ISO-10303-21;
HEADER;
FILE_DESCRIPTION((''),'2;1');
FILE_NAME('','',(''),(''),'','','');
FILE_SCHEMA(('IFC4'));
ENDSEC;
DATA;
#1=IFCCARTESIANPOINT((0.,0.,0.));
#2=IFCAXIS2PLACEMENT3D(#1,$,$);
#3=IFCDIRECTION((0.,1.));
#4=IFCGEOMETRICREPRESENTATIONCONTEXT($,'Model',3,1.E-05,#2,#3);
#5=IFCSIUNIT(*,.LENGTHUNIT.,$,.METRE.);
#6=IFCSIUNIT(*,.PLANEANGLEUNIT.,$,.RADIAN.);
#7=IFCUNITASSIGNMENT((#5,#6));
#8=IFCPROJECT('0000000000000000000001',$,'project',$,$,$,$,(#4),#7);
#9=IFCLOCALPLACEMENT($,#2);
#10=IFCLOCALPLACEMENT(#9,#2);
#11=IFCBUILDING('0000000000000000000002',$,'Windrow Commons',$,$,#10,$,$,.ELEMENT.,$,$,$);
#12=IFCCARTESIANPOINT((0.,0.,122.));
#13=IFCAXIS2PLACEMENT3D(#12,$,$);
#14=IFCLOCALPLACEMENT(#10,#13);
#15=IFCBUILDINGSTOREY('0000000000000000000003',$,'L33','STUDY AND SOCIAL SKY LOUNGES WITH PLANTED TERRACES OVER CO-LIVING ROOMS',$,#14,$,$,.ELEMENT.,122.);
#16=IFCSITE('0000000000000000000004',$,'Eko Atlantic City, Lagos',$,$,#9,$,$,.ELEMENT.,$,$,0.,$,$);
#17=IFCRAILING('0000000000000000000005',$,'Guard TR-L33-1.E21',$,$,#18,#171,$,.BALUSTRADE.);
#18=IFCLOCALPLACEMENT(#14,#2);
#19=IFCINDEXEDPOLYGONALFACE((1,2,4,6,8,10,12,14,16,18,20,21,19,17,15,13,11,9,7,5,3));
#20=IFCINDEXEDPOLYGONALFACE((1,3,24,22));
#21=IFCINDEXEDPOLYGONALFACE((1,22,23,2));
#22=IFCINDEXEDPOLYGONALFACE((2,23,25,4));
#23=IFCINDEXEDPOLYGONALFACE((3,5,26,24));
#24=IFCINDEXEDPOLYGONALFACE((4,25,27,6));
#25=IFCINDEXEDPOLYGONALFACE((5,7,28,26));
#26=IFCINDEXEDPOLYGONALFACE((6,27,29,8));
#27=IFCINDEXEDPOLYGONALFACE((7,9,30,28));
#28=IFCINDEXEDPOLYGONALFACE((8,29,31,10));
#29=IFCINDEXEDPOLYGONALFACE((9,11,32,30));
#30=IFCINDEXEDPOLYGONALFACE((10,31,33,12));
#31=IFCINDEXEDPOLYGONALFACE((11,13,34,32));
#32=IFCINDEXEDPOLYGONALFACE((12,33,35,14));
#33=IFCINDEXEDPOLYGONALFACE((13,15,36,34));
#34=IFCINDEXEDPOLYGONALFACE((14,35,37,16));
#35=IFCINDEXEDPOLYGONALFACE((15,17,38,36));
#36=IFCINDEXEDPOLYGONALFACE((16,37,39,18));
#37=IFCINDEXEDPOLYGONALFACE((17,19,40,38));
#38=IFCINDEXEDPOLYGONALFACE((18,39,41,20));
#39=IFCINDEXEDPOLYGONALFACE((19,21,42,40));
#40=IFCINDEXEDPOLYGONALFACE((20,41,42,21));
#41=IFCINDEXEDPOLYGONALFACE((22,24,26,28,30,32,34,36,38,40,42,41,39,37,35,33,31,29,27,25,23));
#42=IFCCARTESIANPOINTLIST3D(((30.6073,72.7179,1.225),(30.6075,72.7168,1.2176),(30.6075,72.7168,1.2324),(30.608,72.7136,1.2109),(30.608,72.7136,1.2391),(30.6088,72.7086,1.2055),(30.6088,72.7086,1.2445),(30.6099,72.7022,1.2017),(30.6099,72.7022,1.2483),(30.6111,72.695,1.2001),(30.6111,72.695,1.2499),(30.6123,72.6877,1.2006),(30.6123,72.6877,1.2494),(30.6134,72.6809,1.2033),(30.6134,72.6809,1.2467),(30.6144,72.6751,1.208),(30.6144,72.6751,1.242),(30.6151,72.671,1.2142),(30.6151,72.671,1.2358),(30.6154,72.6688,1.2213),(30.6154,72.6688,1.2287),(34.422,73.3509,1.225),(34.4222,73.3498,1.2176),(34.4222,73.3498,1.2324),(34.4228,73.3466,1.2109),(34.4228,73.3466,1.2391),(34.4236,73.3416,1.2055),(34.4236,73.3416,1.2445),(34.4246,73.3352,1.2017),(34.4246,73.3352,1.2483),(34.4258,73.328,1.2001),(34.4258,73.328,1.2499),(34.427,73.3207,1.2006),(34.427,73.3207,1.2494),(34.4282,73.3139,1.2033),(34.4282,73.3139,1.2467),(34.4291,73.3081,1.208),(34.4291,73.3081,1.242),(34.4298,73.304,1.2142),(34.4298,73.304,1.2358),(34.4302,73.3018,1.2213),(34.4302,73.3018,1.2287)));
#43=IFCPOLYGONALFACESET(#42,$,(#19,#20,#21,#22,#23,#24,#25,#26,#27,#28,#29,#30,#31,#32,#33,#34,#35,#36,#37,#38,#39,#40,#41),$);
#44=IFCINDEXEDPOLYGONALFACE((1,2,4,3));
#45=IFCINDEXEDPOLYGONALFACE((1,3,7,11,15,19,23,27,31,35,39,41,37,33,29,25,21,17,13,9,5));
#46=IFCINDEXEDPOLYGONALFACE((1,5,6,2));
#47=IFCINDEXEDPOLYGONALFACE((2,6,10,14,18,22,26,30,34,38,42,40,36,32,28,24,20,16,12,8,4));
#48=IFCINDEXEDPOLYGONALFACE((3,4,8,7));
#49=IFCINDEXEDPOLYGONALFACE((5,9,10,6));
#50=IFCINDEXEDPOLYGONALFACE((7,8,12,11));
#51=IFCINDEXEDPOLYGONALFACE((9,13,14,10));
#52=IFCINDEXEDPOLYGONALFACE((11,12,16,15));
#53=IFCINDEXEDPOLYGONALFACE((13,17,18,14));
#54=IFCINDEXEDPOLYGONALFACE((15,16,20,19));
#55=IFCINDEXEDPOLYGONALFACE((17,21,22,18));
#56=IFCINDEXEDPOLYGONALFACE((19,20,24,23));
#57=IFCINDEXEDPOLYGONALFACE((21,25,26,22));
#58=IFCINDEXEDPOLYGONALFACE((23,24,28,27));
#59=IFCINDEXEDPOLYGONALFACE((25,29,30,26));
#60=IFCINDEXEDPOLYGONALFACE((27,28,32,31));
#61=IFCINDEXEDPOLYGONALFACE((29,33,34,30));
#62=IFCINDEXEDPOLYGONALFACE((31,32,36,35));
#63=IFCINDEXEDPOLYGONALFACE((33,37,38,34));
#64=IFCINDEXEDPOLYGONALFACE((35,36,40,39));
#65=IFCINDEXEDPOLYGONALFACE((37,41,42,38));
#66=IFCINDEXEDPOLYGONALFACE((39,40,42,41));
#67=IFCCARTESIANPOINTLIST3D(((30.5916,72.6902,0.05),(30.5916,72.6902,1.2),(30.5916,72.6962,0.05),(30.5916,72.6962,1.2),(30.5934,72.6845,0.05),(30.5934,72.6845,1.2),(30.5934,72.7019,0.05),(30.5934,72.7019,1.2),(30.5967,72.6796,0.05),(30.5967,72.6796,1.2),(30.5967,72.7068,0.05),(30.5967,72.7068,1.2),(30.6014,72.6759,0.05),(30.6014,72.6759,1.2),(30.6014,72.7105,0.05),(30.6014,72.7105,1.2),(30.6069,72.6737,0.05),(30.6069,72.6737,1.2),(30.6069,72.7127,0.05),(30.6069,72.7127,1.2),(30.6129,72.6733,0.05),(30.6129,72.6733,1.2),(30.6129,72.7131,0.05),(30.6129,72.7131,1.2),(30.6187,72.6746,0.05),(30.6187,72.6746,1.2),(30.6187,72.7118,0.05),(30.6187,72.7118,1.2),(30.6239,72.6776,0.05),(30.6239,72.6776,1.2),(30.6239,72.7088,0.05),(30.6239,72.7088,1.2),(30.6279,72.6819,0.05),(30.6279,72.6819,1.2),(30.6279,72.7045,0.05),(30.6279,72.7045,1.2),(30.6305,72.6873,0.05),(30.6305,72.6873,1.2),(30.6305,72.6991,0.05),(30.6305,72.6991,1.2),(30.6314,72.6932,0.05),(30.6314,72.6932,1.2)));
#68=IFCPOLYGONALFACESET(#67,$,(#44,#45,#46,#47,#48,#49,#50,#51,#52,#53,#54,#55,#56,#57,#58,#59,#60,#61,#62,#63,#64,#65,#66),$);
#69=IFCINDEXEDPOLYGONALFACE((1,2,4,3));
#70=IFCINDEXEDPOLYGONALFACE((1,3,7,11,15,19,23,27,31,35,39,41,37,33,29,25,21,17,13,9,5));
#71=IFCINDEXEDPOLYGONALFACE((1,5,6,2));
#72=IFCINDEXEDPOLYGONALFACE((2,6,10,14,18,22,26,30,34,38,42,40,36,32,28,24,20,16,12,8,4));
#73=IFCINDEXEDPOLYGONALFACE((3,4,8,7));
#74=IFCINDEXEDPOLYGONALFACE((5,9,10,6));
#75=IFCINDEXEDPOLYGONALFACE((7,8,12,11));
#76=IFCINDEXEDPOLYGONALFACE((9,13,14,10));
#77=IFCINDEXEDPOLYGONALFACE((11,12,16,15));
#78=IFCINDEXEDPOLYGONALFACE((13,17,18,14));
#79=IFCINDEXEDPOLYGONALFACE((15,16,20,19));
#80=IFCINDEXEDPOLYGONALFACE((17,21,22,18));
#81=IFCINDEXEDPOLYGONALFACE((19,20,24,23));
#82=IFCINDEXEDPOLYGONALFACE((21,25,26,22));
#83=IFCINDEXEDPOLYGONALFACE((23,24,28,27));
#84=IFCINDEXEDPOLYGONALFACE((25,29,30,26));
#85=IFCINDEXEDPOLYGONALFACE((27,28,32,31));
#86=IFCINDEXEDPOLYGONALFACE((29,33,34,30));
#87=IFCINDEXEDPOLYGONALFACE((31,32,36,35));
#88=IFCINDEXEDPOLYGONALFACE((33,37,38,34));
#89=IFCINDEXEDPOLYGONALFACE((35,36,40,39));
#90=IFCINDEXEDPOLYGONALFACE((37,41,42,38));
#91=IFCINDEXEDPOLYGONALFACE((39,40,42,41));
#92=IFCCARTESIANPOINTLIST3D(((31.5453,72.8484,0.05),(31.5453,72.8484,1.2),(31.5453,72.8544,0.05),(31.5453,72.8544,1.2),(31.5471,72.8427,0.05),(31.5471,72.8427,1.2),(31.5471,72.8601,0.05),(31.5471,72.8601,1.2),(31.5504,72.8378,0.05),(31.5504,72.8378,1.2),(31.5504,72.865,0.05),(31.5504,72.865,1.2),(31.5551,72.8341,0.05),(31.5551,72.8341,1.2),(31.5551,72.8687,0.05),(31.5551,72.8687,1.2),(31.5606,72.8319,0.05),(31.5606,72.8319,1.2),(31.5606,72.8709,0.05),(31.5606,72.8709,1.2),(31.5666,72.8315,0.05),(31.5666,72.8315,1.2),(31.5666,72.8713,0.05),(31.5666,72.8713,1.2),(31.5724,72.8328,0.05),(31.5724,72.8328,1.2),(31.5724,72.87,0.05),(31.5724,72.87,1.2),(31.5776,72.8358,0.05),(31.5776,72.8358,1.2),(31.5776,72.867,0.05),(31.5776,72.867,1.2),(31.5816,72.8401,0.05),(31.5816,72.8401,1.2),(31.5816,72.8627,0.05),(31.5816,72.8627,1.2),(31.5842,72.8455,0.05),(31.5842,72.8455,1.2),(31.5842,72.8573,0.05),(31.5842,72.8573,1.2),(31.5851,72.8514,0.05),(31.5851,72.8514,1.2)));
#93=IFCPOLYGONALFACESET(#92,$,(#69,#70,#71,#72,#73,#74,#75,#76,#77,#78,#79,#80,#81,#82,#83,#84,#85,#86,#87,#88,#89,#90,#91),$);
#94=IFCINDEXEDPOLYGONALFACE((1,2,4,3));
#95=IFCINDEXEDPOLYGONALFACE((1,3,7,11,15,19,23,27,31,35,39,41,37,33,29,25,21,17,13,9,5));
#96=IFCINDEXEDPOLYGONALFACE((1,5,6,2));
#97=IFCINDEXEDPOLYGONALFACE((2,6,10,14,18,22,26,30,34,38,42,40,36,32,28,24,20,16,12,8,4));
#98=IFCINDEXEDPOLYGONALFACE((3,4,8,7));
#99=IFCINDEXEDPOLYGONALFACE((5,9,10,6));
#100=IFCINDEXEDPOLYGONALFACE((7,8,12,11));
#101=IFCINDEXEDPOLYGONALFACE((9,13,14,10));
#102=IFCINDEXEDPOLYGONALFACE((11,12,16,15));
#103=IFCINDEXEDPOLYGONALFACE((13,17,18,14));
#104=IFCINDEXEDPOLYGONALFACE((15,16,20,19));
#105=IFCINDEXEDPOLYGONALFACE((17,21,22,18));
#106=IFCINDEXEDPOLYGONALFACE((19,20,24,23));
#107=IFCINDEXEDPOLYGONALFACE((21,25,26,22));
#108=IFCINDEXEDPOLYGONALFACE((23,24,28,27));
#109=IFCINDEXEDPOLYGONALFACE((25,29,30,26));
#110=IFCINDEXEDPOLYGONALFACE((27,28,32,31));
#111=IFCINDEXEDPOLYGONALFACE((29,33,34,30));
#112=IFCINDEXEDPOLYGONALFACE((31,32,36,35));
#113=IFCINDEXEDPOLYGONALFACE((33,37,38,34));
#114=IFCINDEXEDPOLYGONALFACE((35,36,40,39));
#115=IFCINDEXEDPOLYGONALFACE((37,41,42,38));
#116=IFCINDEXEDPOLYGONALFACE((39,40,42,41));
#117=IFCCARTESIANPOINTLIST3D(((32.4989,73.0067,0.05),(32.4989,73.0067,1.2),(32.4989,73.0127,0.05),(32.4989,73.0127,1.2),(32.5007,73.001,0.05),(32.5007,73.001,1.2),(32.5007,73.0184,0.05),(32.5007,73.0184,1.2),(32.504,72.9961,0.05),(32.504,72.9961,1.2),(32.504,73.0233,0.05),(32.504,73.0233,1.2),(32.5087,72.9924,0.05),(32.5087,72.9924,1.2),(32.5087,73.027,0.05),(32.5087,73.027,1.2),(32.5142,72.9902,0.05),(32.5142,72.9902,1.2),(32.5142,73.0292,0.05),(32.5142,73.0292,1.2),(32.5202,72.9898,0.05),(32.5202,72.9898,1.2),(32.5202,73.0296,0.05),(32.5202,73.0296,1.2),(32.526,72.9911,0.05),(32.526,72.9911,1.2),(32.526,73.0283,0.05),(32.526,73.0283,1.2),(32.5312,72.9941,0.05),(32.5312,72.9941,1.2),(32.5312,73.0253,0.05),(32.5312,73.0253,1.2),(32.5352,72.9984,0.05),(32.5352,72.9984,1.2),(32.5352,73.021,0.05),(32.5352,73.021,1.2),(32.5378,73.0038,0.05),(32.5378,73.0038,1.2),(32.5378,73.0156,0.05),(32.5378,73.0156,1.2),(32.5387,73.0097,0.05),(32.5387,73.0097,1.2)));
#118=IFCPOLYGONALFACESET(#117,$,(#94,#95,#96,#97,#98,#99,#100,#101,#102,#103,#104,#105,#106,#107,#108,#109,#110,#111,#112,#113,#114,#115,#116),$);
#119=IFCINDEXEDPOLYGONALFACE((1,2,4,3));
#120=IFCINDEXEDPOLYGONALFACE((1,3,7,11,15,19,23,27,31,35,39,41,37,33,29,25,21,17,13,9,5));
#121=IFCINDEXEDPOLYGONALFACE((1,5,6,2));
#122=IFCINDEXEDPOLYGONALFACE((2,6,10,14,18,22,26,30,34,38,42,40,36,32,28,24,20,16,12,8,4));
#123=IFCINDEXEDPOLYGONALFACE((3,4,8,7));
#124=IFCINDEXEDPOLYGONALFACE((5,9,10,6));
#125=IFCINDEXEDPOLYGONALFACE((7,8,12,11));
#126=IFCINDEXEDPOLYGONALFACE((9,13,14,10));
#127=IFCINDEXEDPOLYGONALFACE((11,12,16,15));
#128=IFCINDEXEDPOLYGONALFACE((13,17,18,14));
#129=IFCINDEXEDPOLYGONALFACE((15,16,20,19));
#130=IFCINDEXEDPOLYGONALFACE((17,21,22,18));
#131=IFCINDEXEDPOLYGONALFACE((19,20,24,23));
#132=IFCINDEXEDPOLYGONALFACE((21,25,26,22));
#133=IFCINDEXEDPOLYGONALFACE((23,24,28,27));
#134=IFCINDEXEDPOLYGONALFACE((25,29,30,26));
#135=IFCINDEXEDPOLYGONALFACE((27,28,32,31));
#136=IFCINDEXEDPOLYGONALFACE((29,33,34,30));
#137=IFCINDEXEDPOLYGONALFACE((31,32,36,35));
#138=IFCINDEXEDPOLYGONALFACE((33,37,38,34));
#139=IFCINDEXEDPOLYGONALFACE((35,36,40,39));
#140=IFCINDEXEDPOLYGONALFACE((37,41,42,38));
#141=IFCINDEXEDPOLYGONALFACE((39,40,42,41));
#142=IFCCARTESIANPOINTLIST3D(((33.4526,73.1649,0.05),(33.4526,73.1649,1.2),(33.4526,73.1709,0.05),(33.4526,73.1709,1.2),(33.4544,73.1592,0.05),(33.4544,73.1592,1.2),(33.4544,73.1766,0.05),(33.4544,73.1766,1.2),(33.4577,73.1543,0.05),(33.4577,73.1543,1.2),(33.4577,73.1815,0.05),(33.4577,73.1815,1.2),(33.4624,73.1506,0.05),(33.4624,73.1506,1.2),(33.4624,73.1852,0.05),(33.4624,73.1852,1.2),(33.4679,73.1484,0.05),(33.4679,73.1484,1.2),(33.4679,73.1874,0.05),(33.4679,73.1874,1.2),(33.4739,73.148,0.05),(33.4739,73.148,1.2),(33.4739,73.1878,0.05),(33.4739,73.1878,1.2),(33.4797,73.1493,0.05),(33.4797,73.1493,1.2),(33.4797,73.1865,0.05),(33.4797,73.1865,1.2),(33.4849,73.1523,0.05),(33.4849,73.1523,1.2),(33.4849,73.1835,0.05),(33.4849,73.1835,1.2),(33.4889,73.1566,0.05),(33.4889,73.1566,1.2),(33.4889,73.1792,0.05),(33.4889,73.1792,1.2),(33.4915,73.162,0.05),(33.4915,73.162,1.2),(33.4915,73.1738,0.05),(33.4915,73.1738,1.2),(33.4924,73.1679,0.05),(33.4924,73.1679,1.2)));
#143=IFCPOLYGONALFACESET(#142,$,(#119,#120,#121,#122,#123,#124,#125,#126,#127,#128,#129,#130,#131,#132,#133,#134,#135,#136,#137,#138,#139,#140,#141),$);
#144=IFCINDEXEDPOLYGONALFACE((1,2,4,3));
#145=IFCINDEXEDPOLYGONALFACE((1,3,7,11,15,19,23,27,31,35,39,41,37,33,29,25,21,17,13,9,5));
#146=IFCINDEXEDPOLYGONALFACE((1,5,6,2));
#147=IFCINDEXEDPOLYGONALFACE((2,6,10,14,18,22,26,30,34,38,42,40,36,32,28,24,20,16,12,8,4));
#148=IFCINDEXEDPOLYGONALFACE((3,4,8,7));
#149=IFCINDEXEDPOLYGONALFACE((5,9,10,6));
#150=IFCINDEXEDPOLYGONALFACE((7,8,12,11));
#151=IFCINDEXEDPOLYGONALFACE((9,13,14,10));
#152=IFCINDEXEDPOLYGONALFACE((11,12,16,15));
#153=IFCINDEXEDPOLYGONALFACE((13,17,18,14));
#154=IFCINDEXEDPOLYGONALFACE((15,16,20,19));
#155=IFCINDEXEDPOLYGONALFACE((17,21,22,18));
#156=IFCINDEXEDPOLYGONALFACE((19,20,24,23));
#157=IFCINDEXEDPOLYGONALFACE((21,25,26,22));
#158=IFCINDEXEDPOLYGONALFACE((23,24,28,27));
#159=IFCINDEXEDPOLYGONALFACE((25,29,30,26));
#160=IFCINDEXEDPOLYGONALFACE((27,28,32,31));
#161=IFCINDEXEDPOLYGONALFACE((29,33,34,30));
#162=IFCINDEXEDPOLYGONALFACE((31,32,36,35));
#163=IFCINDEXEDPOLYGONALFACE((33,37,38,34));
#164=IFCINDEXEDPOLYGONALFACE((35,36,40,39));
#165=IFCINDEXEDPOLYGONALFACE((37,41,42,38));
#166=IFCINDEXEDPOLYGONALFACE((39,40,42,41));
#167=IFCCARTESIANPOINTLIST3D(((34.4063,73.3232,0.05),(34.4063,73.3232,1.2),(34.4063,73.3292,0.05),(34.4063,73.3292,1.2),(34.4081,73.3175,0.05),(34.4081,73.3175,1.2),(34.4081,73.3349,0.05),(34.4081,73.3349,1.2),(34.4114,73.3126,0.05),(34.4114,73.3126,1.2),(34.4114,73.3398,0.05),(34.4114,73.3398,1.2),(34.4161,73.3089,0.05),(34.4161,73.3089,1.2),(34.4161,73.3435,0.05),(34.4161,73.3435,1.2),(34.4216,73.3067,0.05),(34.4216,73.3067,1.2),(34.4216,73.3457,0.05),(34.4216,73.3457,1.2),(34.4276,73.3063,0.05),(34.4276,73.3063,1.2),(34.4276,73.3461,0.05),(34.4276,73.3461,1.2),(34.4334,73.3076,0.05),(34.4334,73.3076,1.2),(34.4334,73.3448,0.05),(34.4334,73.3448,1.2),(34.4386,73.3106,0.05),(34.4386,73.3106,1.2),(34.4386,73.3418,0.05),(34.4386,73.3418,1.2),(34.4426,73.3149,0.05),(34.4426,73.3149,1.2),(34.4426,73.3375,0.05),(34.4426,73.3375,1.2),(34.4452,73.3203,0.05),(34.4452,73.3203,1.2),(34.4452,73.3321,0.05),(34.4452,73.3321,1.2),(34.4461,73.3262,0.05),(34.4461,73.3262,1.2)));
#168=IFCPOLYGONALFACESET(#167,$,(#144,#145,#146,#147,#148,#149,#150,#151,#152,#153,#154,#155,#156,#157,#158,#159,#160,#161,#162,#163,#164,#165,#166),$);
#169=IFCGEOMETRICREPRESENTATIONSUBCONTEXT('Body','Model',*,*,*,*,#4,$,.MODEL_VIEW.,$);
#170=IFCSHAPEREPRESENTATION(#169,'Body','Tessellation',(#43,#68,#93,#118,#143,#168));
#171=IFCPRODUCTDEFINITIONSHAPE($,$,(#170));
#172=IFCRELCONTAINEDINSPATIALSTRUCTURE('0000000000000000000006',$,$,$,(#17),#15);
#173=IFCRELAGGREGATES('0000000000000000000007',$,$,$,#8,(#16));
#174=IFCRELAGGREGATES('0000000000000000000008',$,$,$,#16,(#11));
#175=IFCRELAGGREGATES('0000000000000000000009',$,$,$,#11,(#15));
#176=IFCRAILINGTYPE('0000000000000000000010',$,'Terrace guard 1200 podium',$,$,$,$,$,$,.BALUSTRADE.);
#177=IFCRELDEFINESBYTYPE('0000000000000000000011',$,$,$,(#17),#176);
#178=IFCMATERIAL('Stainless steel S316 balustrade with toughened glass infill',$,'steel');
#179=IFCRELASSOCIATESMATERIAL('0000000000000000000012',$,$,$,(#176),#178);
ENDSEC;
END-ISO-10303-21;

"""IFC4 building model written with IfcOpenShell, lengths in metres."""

from ifc_helpers import new_model, si_unit, direction, frame, origin, origin_2d, place, context, subcontext, project, spatial, circle, extrude, material, type_object, element, save


model = new_model("IFC4")

# Units and contexts
model_context = context("Model", 3, precision=1e-05, world=origin(), true_north=direction((0.0, 1.0)))
body_context = subcontext(model_context, "Body", "Model", "MODEL_VIEW")
ifc_project = project(units=[si_unit("LENGTHUNIT", "METRE"), si_unit("PLANEANGLEUNIT", "RADIAN")], contexts=[model_context])

# Site, building, storey
site_placement = place(None, origin())
site = spatial("IfcSite", under=ifc_project, at=site_placement, Name="Eko Atlantic City, Lagos", CompositionType="ELEMENT", RefElevation=0.0)
building_placement = place(site_placement, origin())
building = spatial("IfcBuilding", under=site, at=building_placement, Name="Windrow Commons", CompositionType="ELEMENT")
storey_placement = place(building_placement, frame((0.0, 0.0, 122.0)))
storey = spatial("IfcBuildingStorey", under=building, at=storey_placement, Name="L33", Description="STUDY AND SOCIAL SKY LOUNGES WITH PLANTED TERRACES OVER CO-LIVING ROOMS", CompositionType="ELEMENT", Elevation=122.0)

# Railing
ifc_material_1 = material(Name="Stainless steel S316 balustrade with toughened glass infill", Category="steel")
railing_type = type_object("IfcRailingType", Name="Terrace guard 1200 podium", PredefinedType="BALUSTRADE", material=ifc_material_1)
railing_1_placement = place(storey_placement, frame((30.6114, 72.6932, 0.05)))
element("IfcRailing", 1, at=railing_1_placement, inside=storey, type_object=railing_type, Name="Guard TR-L33-1.E21", PredefinedType="BALUSTRADE", context=body_context, shape_type="SweptSolid", body=[
    extrude(circle(Radius=0.025, at=origin_2d()), frame((0.0, 0.0, 1.175), z_axis=(0.98651, 0.163699, 0.0), x_axis=(-0.163699, 0.98651, 0.0)), (0.0, 0.0, 1.0), 3.8669),
    extrude(circle(Radius=0.02, at=origin_2d()), origin(), (0.0, 0.0, 1.0), 1.15),
    extrude(circle(Radius=0.02, at=origin_2d()), frame((0.9537, 0.1582, 0.0)), (0.0, 0.0, 1.0), 1.15),
    extrude(circle(Radius=0.02, at=origin_2d()), frame((1.9073, 0.3165, 0.0)), (0.0, 0.0, 1.0), 1.15),
    extrude(circle(Radius=0.02, at=origin_2d()), frame((2.861, 0.4747, 0.0)), (0.0, 0.0, 1.0), 1.15),
    extrude(circle(Radius=0.02, at=origin_2d()), frame((3.8147, 0.633, 0.0)), (0.0, 0.0, 1.0), 1.15),
])

save(model, "model.ifc")
